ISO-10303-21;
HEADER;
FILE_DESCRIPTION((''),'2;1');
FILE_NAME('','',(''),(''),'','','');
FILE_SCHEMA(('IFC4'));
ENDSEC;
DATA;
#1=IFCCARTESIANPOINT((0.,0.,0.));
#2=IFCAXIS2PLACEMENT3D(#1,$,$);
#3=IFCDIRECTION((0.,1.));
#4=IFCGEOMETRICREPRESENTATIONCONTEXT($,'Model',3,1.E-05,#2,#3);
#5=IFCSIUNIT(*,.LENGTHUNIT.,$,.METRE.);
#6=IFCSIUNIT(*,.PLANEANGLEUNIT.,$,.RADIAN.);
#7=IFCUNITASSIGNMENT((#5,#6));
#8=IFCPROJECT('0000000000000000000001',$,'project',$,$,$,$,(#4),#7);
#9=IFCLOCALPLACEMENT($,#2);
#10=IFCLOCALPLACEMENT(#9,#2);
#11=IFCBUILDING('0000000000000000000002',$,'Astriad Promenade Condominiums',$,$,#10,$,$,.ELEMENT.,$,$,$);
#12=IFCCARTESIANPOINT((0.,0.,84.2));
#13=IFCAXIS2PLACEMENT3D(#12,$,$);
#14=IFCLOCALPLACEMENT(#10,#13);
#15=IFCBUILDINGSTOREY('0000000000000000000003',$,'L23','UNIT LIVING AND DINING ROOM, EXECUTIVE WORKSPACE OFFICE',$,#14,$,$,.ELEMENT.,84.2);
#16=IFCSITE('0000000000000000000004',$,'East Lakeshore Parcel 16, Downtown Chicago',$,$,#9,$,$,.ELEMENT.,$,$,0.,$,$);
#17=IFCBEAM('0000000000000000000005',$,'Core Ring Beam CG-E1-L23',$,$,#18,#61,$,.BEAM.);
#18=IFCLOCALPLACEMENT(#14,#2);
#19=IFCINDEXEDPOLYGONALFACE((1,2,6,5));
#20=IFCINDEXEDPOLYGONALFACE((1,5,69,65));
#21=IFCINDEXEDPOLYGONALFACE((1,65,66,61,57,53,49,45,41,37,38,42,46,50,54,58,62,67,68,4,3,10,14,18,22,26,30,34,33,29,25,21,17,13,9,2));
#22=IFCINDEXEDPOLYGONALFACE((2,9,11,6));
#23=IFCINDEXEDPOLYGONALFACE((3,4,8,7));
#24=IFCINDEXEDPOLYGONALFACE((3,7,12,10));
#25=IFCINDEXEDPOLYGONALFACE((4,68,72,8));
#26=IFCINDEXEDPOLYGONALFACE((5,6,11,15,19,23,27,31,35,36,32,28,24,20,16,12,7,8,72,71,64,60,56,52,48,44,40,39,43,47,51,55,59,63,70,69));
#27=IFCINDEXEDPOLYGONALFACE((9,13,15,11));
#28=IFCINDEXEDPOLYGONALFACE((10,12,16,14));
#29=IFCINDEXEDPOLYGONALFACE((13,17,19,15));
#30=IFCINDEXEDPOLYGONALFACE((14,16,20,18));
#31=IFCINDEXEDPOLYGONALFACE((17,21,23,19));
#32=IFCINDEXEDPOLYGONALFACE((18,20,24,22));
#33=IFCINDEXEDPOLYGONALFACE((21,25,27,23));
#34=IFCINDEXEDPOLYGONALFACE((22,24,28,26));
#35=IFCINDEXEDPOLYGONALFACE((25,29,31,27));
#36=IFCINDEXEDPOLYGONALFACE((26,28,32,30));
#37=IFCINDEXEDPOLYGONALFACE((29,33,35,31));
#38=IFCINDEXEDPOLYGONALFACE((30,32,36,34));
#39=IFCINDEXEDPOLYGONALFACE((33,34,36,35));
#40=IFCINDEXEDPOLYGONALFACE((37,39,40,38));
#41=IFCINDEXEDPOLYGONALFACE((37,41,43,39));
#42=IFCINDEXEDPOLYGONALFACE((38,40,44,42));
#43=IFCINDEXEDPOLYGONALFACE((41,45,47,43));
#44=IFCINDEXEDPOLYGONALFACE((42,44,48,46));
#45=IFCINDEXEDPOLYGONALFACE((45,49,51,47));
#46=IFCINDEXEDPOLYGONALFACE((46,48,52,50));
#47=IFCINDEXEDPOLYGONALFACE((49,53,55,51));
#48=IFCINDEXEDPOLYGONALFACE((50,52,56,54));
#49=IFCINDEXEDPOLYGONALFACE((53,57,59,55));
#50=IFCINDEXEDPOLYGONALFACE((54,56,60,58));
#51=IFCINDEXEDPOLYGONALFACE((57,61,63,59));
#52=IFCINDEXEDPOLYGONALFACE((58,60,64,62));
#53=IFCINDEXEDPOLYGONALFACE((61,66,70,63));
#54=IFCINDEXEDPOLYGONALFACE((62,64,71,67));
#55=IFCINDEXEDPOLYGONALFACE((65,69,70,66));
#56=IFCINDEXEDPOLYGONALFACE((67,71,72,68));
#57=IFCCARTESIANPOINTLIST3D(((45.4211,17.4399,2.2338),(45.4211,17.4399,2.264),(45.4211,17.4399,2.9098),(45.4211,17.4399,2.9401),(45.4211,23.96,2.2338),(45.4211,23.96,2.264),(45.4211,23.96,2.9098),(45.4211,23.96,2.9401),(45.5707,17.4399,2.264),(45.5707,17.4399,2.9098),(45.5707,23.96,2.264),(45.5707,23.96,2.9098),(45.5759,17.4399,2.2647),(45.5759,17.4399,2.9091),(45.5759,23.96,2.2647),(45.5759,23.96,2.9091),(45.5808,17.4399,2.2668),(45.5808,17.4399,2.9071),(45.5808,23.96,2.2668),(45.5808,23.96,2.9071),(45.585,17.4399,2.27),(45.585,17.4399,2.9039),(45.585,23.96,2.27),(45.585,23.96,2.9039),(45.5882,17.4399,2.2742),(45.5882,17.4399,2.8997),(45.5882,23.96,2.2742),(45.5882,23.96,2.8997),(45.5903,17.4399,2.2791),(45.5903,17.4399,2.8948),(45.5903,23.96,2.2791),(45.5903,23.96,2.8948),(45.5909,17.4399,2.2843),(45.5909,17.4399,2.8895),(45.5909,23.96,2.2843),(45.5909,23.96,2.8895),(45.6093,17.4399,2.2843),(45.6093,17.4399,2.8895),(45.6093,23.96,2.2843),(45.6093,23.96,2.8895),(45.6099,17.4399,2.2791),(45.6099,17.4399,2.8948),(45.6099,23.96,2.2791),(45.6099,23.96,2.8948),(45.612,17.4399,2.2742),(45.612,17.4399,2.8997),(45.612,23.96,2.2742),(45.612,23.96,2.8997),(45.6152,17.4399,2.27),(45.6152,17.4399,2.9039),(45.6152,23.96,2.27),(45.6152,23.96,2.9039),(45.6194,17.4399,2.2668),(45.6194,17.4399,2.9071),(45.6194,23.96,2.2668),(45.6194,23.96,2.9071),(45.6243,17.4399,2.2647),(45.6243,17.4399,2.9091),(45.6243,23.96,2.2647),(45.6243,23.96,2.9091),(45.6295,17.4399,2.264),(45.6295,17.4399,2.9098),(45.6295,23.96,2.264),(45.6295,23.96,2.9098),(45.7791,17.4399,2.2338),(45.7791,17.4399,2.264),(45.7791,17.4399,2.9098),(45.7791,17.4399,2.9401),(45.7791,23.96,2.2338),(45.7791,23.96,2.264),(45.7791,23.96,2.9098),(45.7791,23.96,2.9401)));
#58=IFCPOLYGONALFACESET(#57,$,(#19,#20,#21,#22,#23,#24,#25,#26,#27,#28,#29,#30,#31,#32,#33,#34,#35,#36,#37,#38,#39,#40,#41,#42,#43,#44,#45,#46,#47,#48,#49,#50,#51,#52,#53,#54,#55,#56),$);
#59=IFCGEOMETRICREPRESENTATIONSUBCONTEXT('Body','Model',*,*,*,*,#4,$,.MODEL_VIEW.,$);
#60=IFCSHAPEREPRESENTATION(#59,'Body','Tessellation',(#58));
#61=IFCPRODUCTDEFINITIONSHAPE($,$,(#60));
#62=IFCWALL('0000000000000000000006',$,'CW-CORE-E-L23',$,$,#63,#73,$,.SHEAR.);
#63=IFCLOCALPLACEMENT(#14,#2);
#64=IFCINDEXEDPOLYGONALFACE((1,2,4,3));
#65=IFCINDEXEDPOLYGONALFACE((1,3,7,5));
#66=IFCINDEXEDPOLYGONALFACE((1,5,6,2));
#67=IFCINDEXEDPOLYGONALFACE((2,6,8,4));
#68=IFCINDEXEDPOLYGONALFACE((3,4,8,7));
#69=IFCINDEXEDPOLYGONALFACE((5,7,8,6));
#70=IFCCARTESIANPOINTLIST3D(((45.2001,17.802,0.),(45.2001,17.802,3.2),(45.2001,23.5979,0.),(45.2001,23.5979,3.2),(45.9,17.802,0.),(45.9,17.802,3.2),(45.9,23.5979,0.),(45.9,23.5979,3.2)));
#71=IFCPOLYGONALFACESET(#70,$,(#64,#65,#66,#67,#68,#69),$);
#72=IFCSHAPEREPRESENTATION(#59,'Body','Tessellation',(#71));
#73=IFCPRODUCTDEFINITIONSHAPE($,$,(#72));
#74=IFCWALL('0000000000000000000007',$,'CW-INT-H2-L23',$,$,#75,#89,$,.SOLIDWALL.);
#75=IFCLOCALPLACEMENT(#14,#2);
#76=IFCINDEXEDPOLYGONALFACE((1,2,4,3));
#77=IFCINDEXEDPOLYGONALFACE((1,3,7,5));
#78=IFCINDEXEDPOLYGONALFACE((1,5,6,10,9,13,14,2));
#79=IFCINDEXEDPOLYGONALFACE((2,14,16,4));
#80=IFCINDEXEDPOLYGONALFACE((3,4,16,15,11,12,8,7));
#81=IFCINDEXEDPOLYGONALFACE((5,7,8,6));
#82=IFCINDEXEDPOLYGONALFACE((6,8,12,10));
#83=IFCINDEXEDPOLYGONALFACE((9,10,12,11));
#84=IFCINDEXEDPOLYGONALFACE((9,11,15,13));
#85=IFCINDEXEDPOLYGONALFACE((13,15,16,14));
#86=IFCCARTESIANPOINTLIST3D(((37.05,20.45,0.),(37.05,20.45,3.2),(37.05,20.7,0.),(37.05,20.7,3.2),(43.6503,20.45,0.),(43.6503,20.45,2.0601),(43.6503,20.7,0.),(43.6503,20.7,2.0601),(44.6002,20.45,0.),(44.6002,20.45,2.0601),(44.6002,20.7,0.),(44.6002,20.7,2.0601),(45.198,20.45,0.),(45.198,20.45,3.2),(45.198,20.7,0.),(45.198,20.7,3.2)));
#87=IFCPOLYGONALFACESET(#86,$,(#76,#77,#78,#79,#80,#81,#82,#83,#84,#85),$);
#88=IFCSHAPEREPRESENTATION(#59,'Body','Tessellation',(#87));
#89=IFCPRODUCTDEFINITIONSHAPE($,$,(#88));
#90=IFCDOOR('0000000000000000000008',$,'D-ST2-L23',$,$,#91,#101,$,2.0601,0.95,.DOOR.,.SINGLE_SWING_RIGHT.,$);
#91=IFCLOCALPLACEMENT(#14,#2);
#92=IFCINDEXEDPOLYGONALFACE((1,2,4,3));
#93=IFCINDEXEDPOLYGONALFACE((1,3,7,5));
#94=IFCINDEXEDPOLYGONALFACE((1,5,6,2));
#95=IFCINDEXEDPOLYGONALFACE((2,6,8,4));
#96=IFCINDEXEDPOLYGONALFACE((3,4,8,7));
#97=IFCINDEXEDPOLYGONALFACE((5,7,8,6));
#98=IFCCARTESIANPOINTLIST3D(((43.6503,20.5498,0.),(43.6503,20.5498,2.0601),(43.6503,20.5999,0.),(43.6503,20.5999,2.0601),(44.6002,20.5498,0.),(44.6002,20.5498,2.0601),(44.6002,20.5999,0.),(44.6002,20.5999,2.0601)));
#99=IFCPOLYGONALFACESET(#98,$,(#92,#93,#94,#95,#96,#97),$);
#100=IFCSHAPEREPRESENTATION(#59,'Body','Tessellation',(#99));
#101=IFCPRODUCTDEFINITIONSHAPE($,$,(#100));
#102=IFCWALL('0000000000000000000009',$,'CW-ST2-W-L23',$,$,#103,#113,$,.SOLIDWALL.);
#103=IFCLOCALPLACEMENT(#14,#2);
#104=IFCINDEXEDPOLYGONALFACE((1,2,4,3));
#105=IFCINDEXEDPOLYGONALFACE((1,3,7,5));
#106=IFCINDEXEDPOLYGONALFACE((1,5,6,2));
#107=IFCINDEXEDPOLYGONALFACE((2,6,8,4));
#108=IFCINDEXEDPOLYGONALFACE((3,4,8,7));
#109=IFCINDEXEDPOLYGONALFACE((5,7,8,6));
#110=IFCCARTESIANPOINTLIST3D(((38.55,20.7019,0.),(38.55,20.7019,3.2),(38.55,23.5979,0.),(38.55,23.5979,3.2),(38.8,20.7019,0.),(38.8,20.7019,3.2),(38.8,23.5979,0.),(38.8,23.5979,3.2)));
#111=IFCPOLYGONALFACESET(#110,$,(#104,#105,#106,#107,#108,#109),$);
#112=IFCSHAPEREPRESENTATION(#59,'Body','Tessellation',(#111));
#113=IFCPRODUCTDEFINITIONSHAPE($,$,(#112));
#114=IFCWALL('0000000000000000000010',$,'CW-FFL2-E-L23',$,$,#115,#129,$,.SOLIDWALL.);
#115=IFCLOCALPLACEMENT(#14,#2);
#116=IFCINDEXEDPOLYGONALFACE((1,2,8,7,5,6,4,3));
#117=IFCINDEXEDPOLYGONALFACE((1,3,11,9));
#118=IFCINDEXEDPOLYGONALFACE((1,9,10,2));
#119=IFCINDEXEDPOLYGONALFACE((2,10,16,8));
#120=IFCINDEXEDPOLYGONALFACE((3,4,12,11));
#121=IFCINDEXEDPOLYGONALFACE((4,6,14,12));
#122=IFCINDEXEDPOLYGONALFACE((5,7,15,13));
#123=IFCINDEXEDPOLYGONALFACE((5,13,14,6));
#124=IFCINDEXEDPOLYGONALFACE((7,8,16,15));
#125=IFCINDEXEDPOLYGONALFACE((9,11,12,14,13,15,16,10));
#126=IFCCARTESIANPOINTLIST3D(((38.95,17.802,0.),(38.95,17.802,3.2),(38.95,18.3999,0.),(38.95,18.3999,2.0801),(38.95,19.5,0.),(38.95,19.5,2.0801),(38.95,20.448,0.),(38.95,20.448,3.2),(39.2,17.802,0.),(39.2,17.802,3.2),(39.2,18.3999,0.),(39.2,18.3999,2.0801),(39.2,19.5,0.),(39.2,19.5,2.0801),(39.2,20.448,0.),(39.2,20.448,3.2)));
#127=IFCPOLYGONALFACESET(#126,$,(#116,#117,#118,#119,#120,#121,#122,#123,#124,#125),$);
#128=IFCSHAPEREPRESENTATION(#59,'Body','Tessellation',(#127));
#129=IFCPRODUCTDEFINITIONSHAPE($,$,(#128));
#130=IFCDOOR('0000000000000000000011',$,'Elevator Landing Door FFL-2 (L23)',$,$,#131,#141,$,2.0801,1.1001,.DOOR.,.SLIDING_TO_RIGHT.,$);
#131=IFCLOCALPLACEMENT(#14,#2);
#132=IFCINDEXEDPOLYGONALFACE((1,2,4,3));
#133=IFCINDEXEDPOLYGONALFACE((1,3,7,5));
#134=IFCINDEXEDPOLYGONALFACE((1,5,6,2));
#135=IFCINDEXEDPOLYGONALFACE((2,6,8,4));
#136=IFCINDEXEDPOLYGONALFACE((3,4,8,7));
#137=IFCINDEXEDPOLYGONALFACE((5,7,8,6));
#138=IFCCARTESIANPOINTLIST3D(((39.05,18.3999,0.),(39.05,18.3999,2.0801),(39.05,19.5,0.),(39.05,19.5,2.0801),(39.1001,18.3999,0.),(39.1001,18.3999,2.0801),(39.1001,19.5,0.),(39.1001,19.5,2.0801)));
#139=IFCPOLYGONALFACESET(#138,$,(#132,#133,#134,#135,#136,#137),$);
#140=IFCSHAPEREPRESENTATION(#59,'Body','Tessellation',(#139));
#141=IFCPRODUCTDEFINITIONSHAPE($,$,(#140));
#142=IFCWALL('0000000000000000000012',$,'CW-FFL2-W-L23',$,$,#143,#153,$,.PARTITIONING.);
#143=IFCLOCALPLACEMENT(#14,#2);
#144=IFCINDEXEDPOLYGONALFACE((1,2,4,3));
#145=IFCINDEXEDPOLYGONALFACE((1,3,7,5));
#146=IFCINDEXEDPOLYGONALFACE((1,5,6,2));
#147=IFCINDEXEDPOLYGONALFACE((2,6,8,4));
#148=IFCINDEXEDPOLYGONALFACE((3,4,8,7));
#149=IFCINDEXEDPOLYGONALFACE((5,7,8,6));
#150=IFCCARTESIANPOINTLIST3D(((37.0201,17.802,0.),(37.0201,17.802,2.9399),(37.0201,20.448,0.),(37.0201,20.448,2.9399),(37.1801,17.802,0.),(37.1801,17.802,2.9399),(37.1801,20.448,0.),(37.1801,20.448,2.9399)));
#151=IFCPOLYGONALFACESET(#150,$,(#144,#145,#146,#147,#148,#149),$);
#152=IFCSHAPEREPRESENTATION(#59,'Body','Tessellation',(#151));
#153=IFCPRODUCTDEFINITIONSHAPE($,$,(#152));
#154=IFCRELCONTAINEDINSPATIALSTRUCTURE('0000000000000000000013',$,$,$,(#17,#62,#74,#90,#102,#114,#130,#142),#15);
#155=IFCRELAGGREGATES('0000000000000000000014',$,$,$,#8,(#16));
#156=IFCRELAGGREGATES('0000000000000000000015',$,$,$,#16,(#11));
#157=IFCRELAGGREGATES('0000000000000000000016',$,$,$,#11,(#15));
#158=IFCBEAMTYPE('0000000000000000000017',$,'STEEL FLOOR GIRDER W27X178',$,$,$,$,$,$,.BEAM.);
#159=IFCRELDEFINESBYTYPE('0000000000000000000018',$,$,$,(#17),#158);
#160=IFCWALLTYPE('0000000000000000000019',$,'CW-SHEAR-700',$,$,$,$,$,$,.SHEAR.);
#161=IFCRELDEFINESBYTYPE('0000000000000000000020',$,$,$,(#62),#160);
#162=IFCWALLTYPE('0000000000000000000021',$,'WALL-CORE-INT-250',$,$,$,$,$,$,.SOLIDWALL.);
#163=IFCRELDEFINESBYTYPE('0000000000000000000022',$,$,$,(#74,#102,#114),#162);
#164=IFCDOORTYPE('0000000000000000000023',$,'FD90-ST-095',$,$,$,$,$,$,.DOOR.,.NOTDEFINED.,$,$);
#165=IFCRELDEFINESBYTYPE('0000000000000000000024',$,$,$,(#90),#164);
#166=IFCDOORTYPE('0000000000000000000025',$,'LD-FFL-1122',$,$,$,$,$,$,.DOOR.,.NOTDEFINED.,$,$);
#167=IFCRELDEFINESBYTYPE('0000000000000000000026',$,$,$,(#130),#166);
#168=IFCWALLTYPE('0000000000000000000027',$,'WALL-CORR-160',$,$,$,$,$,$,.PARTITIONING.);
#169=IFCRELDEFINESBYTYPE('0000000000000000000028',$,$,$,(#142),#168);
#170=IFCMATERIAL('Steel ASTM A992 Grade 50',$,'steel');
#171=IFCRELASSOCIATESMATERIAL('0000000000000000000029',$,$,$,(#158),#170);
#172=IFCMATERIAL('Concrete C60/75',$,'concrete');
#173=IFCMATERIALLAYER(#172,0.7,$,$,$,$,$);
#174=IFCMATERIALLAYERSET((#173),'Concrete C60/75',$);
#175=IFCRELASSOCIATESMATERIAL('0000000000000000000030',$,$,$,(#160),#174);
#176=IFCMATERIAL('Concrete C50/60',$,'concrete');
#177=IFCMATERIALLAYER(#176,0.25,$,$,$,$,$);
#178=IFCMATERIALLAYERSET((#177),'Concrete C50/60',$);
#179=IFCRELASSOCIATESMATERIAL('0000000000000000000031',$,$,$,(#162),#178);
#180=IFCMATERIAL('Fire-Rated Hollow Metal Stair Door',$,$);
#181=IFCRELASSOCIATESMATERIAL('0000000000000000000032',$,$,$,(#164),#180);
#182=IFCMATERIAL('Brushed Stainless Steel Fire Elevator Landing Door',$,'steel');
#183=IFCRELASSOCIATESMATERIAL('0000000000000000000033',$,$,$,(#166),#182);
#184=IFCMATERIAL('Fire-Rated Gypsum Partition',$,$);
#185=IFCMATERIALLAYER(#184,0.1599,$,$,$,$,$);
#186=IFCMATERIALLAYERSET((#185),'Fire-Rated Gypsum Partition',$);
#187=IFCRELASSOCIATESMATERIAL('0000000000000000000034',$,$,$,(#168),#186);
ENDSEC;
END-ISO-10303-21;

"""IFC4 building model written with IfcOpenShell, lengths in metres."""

from ifc_helpers import new_model, si_unit, direction, frame, frame_2d, origin, origin_2d, place, context, subcontext, project, spatial, rectangle, i_section, extrude, source, transform, mapped, material, layer, layer_set, material_profile, profile_set, type_object, type_shapes, element, fill, save


model = new_model("IFC4")

# Units and contexts
model_context = context("Model", 3, precision=1e-05, world=origin(), true_north=direction((0.0, 1.0)))
body_context = subcontext(model_context, "Body", "Model", "MODEL_VIEW")
ifc_project = project(units=[si_unit("LENGTHUNIT", "METRE"), si_unit("PLANEANGLEUNIT", "RADIAN")], contexts=[model_context])

# Site, building, storey
site_placement = place(None, origin())
site = spatial("IfcSite", under=ifc_project, at=site_placement, Name="East Lakeshore Parcel 16, Downtown Chicago", CompositionType="ELEMENT", RefElevation=0.0)
building_placement = place(site_placement, origin())
building = spatial("IfcBuilding", under=site, at=building_placement, Name="Astriad Promenade Condominiums", CompositionType="ELEMENT")
storey_placement = place(building_placement, frame((0.0, 0.0, 84.2)))
storey = spatial("IfcBuildingStorey", under=building, at=storey_placement, Name="L23", Description="UNIT LIVING AND DINING ROOM, EXECUTIVE WORKSPACE OFFICE", CompositionType="ELEMENT", Elevation=84.2)

# Shared definitions
ifc_material_1 = material(Name="Steel ASTM A992 Grade 50", Category="steel")

# Beam
ifc_material_profile_1 = material_profile(ifc_material_1, i_section(OverallWidth=0.3579, OverallDepth=0.7063, WebThickness=0.0183, FlangeThickness=0.0303, FilletRadius=0.0203, at=origin_2d()), Name="W27X178")
ifc_profile_set_1 = profile_set([ifc_material_profile_1], Name="Steel ASTM A992 Grade 50")
beam_type_1 = type_object("IfcBeamType", Name="STEEL FLOOR GIRDER W27X178", PredefinedType="BEAM", material=ifc_profile_set_1)
shared_shape_1 = source(origin(), body_context, "Body", "SweptSolid", [
    extrude(i_section(OverallWidth=0.3579, OverallDepth=0.7063, WebThickness=0.0183, FlangeThickness=0.0303, FilletRadius=0.0203, at=origin_2d()), origin(), (0.0, 0.0, 1.0), 6.52),
])
type_shapes(beam_type_1, [shared_shape_1])
beam_1_placement = place(storey_placement, frame((45.6001, 17.4399, 2.5869), z_axis=(0.0, 1.0, 0.0), x_axis=(-1.0, 0.0, 0.0)))
element("IfcBeam", 1, at=beam_1_placement, inside=storey, type_object=beam_type_1, Name="Core Ring Beam CG-E1-L23", PredefinedType="BEAM", context=body_context, shape_type="MappedRepresentation", body=[
    mapped(shared_shape_1, transform((0.0, 0.0, 0.0), scale=1.0)),
])

# Wall
ifc_material_2 = material(Name="Concrete C60/75", Category="concrete")
ifc_layer_1 = layer(ifc_material_2, 0.7)
ifc_layer_set_1 = layer_set([ifc_layer_1], Name="Concrete C60/75")
wall_type_1 = type_object("IfcWallType", Name="CW-SHEAR-700", PredefinedType="SHEAR", material=ifc_layer_set_1)
wall_1_placement = place(storey_placement, frame((45.55, 17.802, 0.0), z_axis=(0.0, 0.0, 1.0), x_axis=(0.0, 1.0, 0.0)))
element("IfcWall", 2, at=wall_1_placement, inside=storey, type_object=wall_type_1, Name="CW-CORE-E-L23", PredefinedType="SHEAR", context=body_context, shape_type="SweptSolid", body=[
    extrude(rectangle(XDim=5.7959, YDim=0.7, at=frame_2d((2.8979, 0.0))), origin(), (0.0, 0.0, 1.0), 3.2),
])

# Wall, opening, door
ifc_material_3 = material(Name="Concrete C50/60", Category="concrete")
ifc_layer_2 = layer(ifc_material_3, 0.25)
ifc_layer_set_2 = layer_set([ifc_layer_2], Name="Concrete C50/60")
wall_type_2 = type_object("IfcWallType", Name="WALL-CORE-INT-250", PredefinedType="SOLIDWALL", material=ifc_layer_set_2)
wall_2_placement = place(storey_placement, frame((37.05, 20.575, 0.0), z_axis=(0.0, 0.0, 1.0), x_axis=(1.0, 0.0, 0.0)))
wall_2 = element("IfcWall", 3, at=wall_2_placement, inside=storey, type_object=wall_type_2, Name="CW-INT-H2-L23", PredefinedType="SOLIDWALL", context=body_context, shape_type="SweptSolid", body=[
    extrude(rectangle(XDim=8.1479, YDim=0.25, at=frame_2d((4.074, 0.0))), origin(), (0.0, 0.0, 1.0), 3.2),
])
opening_1_placement = place(wall_2_placement, frame((6.6001, 0.0, 0.0)))
opening_1 = element("IfcOpeningElement", 4, at=opening_1_placement, cuts=wall_2, PredefinedType="OPENING", context=body_context, shape_type="SweptSolid", body=[
    extrude(rectangle(XDim=0.95, YDim=2.0601, at=frame_2d((0.4751, 1.03))), frame((0.0, 0.135, 0.0), z_axis=(0.0, -1.0, 0.0), x_axis=(1.0, 0.0, 0.0)), (0.0, 0.0, 1.0), 0.27),
])
ifc_material_4 = material(Name="Fire-Rated Hollow Metal Stair Door")
door_type_1 = type_object("IfcDoorType", Name="FD90-ST-095", OperationType="NOTDEFINED", PredefinedType="DOOR", material=ifc_material_4)
shared_shape_2 = source(origin(), body_context, "Body", "SweptSolid", [
    extrude(rectangle(XDim=0.95, YDim=2.0601, at=frame_2d((0.4751, 1.03))), frame((0.0, 0.0249, 0.0), z_axis=(0.0, -1.0, 0.0), x_axis=(1.0, 0.0, 0.0)), (0.0, 0.0, 1.0), 0.05),
])
type_shapes(door_type_1, [shared_shape_2])
door_1_placement = place(opening_1_placement, origin())
door_1 = element("IfcDoor", 5, at=door_1_placement, inside=storey, type_object=door_type_1, Name="D-ST2-L23", OperationType="SINGLE_SWING_RIGHT", OverallHeight=2.0601, OverallWidth=0.95, PredefinedType="DOOR", context=body_context, shape_type="MappedRepresentation", body=[
    mapped(shared_shape_2, transform((0.0, 0.0, 0.0), scale=1.0)),
])
fill(opening_1, door_1)

# Wall
wall_3_placement = place(storey_placement, frame((38.675, 20.7019, 0.0), z_axis=(0.0, 0.0, 1.0), x_axis=(0.0, 1.0, 0.0)))
element("IfcWall", 6, at=wall_3_placement, inside=storey, type_object=wall_type_2, Name="CW-ST2-W-L23", PredefinedType="SOLIDWALL", context=body_context, shape_type="SweptSolid", body=[
    extrude(rectangle(XDim=2.896, YDim=0.25, at=frame_2d((1.448, 0.0))), origin(), (0.0, 0.0, 1.0), 3.2),
])

# Wall, opening, door
wall_4_placement = place(storey_placement, frame((39.075, 17.802, 0.0), z_axis=(0.0, 0.0, 1.0), x_axis=(0.0, 1.0, 0.0)))
wall_4 = element("IfcWall", 7, at=wall_4_placement, inside=storey, type_object=wall_type_2, Name="CW-FFL2-E-L23", PredefinedType="SOLIDWALL", context=body_context, shape_type="SweptSolid", body=[
    extrude(rectangle(XDim=2.646, YDim=0.25, at=frame_2d((1.323, 0.0))), origin(), (0.0, 0.0, 1.0), 3.2),
])
opening_2_placement = place(wall_4_placement, frame((0.5979, 0.0, 0.0)))
opening_2 = element("IfcOpeningElement", 8, at=opening_2_placement, cuts=wall_4, PredefinedType="OPENING", context=body_context, shape_type="SweptSolid", body=[
    extrude(rectangle(XDim=1.1001, YDim=2.0801, at=frame_2d((0.55, 1.04))), frame((0.0, 0.135, 0.0), z_axis=(0.0, -1.0, 0.0), x_axis=(1.0, 0.0, 0.0)), (0.0, 0.0, 1.0), 0.27),
])
ifc_material_5 = material(Name="Brushed Stainless Steel Fire Elevator Landing Door", Category="steel")
door_type_2 = type_object("IfcDoorType", Name="LD-FFL-1122", OperationType="NOTDEFINED", PredefinedType="DOOR", material=ifc_material_5)
shared_shape_3 = source(origin(), body_context, "Body", "SweptSolid", [
    extrude(rectangle(XDim=1.1001, YDim=2.0801, at=frame_2d((0.55, 1.04))), frame((0.0, 0.0249, 0.0), z_axis=(0.0, -1.0, 0.0), x_axis=(1.0, 0.0, 0.0)), (0.0, 0.0, 1.0), 0.05),
])
type_shapes(door_type_2, [shared_shape_3])
door_2_placement = place(opening_2_placement, origin())
door_2 = element("IfcDoor", 9, at=door_2_placement, inside=storey, type_object=door_type_2, Name="Elevator Landing Door FFL-2 (L23)", OperationType="SLIDING_TO_RIGHT", OverallHeight=2.0801, OverallWidth=1.1001, PredefinedType="DOOR", context=body_context, shape_type="MappedRepresentation", body=[
    mapped(shared_shape_3, transform((0.0, 0.0, 0.0), scale=1.0)),
])
fill(opening_2, door_2)

# Wall
ifc_material_6 = material(Name="Fire-Rated Gypsum Partition")
ifc_layer_3 = layer(ifc_material_6, 0.1599)
ifc_layer_set_3 = layer_set([ifc_layer_3], Name="Fire-Rated Gypsum Partition")
wall_type_3 = type_object("IfcWallType", Name="WALL-CORR-160", PredefinedType="PARTITIONING", material=ifc_layer_set_3)
wall_5_placement = place(storey_placement, frame((37.1001, 17.802, 0.0), z_axis=(0.0, 0.0, 1.0), x_axis=(0.0, 1.0, 0.0)))
element("IfcWall", 10, at=wall_5_placement, inside=storey, type_object=wall_type_3, Name="CW-FFL2-W-L23", PredefinedType="PARTITIONING", context=body_context, shape_type="SweptSolid", body=[
    extrude(rectangle(XDim=2.646, YDim=0.1599, at=frame_2d((1.323, 0.0))), origin(), (0.0, 0.0, 1.0), 2.9399),
])

save(model, "model.ifc")
